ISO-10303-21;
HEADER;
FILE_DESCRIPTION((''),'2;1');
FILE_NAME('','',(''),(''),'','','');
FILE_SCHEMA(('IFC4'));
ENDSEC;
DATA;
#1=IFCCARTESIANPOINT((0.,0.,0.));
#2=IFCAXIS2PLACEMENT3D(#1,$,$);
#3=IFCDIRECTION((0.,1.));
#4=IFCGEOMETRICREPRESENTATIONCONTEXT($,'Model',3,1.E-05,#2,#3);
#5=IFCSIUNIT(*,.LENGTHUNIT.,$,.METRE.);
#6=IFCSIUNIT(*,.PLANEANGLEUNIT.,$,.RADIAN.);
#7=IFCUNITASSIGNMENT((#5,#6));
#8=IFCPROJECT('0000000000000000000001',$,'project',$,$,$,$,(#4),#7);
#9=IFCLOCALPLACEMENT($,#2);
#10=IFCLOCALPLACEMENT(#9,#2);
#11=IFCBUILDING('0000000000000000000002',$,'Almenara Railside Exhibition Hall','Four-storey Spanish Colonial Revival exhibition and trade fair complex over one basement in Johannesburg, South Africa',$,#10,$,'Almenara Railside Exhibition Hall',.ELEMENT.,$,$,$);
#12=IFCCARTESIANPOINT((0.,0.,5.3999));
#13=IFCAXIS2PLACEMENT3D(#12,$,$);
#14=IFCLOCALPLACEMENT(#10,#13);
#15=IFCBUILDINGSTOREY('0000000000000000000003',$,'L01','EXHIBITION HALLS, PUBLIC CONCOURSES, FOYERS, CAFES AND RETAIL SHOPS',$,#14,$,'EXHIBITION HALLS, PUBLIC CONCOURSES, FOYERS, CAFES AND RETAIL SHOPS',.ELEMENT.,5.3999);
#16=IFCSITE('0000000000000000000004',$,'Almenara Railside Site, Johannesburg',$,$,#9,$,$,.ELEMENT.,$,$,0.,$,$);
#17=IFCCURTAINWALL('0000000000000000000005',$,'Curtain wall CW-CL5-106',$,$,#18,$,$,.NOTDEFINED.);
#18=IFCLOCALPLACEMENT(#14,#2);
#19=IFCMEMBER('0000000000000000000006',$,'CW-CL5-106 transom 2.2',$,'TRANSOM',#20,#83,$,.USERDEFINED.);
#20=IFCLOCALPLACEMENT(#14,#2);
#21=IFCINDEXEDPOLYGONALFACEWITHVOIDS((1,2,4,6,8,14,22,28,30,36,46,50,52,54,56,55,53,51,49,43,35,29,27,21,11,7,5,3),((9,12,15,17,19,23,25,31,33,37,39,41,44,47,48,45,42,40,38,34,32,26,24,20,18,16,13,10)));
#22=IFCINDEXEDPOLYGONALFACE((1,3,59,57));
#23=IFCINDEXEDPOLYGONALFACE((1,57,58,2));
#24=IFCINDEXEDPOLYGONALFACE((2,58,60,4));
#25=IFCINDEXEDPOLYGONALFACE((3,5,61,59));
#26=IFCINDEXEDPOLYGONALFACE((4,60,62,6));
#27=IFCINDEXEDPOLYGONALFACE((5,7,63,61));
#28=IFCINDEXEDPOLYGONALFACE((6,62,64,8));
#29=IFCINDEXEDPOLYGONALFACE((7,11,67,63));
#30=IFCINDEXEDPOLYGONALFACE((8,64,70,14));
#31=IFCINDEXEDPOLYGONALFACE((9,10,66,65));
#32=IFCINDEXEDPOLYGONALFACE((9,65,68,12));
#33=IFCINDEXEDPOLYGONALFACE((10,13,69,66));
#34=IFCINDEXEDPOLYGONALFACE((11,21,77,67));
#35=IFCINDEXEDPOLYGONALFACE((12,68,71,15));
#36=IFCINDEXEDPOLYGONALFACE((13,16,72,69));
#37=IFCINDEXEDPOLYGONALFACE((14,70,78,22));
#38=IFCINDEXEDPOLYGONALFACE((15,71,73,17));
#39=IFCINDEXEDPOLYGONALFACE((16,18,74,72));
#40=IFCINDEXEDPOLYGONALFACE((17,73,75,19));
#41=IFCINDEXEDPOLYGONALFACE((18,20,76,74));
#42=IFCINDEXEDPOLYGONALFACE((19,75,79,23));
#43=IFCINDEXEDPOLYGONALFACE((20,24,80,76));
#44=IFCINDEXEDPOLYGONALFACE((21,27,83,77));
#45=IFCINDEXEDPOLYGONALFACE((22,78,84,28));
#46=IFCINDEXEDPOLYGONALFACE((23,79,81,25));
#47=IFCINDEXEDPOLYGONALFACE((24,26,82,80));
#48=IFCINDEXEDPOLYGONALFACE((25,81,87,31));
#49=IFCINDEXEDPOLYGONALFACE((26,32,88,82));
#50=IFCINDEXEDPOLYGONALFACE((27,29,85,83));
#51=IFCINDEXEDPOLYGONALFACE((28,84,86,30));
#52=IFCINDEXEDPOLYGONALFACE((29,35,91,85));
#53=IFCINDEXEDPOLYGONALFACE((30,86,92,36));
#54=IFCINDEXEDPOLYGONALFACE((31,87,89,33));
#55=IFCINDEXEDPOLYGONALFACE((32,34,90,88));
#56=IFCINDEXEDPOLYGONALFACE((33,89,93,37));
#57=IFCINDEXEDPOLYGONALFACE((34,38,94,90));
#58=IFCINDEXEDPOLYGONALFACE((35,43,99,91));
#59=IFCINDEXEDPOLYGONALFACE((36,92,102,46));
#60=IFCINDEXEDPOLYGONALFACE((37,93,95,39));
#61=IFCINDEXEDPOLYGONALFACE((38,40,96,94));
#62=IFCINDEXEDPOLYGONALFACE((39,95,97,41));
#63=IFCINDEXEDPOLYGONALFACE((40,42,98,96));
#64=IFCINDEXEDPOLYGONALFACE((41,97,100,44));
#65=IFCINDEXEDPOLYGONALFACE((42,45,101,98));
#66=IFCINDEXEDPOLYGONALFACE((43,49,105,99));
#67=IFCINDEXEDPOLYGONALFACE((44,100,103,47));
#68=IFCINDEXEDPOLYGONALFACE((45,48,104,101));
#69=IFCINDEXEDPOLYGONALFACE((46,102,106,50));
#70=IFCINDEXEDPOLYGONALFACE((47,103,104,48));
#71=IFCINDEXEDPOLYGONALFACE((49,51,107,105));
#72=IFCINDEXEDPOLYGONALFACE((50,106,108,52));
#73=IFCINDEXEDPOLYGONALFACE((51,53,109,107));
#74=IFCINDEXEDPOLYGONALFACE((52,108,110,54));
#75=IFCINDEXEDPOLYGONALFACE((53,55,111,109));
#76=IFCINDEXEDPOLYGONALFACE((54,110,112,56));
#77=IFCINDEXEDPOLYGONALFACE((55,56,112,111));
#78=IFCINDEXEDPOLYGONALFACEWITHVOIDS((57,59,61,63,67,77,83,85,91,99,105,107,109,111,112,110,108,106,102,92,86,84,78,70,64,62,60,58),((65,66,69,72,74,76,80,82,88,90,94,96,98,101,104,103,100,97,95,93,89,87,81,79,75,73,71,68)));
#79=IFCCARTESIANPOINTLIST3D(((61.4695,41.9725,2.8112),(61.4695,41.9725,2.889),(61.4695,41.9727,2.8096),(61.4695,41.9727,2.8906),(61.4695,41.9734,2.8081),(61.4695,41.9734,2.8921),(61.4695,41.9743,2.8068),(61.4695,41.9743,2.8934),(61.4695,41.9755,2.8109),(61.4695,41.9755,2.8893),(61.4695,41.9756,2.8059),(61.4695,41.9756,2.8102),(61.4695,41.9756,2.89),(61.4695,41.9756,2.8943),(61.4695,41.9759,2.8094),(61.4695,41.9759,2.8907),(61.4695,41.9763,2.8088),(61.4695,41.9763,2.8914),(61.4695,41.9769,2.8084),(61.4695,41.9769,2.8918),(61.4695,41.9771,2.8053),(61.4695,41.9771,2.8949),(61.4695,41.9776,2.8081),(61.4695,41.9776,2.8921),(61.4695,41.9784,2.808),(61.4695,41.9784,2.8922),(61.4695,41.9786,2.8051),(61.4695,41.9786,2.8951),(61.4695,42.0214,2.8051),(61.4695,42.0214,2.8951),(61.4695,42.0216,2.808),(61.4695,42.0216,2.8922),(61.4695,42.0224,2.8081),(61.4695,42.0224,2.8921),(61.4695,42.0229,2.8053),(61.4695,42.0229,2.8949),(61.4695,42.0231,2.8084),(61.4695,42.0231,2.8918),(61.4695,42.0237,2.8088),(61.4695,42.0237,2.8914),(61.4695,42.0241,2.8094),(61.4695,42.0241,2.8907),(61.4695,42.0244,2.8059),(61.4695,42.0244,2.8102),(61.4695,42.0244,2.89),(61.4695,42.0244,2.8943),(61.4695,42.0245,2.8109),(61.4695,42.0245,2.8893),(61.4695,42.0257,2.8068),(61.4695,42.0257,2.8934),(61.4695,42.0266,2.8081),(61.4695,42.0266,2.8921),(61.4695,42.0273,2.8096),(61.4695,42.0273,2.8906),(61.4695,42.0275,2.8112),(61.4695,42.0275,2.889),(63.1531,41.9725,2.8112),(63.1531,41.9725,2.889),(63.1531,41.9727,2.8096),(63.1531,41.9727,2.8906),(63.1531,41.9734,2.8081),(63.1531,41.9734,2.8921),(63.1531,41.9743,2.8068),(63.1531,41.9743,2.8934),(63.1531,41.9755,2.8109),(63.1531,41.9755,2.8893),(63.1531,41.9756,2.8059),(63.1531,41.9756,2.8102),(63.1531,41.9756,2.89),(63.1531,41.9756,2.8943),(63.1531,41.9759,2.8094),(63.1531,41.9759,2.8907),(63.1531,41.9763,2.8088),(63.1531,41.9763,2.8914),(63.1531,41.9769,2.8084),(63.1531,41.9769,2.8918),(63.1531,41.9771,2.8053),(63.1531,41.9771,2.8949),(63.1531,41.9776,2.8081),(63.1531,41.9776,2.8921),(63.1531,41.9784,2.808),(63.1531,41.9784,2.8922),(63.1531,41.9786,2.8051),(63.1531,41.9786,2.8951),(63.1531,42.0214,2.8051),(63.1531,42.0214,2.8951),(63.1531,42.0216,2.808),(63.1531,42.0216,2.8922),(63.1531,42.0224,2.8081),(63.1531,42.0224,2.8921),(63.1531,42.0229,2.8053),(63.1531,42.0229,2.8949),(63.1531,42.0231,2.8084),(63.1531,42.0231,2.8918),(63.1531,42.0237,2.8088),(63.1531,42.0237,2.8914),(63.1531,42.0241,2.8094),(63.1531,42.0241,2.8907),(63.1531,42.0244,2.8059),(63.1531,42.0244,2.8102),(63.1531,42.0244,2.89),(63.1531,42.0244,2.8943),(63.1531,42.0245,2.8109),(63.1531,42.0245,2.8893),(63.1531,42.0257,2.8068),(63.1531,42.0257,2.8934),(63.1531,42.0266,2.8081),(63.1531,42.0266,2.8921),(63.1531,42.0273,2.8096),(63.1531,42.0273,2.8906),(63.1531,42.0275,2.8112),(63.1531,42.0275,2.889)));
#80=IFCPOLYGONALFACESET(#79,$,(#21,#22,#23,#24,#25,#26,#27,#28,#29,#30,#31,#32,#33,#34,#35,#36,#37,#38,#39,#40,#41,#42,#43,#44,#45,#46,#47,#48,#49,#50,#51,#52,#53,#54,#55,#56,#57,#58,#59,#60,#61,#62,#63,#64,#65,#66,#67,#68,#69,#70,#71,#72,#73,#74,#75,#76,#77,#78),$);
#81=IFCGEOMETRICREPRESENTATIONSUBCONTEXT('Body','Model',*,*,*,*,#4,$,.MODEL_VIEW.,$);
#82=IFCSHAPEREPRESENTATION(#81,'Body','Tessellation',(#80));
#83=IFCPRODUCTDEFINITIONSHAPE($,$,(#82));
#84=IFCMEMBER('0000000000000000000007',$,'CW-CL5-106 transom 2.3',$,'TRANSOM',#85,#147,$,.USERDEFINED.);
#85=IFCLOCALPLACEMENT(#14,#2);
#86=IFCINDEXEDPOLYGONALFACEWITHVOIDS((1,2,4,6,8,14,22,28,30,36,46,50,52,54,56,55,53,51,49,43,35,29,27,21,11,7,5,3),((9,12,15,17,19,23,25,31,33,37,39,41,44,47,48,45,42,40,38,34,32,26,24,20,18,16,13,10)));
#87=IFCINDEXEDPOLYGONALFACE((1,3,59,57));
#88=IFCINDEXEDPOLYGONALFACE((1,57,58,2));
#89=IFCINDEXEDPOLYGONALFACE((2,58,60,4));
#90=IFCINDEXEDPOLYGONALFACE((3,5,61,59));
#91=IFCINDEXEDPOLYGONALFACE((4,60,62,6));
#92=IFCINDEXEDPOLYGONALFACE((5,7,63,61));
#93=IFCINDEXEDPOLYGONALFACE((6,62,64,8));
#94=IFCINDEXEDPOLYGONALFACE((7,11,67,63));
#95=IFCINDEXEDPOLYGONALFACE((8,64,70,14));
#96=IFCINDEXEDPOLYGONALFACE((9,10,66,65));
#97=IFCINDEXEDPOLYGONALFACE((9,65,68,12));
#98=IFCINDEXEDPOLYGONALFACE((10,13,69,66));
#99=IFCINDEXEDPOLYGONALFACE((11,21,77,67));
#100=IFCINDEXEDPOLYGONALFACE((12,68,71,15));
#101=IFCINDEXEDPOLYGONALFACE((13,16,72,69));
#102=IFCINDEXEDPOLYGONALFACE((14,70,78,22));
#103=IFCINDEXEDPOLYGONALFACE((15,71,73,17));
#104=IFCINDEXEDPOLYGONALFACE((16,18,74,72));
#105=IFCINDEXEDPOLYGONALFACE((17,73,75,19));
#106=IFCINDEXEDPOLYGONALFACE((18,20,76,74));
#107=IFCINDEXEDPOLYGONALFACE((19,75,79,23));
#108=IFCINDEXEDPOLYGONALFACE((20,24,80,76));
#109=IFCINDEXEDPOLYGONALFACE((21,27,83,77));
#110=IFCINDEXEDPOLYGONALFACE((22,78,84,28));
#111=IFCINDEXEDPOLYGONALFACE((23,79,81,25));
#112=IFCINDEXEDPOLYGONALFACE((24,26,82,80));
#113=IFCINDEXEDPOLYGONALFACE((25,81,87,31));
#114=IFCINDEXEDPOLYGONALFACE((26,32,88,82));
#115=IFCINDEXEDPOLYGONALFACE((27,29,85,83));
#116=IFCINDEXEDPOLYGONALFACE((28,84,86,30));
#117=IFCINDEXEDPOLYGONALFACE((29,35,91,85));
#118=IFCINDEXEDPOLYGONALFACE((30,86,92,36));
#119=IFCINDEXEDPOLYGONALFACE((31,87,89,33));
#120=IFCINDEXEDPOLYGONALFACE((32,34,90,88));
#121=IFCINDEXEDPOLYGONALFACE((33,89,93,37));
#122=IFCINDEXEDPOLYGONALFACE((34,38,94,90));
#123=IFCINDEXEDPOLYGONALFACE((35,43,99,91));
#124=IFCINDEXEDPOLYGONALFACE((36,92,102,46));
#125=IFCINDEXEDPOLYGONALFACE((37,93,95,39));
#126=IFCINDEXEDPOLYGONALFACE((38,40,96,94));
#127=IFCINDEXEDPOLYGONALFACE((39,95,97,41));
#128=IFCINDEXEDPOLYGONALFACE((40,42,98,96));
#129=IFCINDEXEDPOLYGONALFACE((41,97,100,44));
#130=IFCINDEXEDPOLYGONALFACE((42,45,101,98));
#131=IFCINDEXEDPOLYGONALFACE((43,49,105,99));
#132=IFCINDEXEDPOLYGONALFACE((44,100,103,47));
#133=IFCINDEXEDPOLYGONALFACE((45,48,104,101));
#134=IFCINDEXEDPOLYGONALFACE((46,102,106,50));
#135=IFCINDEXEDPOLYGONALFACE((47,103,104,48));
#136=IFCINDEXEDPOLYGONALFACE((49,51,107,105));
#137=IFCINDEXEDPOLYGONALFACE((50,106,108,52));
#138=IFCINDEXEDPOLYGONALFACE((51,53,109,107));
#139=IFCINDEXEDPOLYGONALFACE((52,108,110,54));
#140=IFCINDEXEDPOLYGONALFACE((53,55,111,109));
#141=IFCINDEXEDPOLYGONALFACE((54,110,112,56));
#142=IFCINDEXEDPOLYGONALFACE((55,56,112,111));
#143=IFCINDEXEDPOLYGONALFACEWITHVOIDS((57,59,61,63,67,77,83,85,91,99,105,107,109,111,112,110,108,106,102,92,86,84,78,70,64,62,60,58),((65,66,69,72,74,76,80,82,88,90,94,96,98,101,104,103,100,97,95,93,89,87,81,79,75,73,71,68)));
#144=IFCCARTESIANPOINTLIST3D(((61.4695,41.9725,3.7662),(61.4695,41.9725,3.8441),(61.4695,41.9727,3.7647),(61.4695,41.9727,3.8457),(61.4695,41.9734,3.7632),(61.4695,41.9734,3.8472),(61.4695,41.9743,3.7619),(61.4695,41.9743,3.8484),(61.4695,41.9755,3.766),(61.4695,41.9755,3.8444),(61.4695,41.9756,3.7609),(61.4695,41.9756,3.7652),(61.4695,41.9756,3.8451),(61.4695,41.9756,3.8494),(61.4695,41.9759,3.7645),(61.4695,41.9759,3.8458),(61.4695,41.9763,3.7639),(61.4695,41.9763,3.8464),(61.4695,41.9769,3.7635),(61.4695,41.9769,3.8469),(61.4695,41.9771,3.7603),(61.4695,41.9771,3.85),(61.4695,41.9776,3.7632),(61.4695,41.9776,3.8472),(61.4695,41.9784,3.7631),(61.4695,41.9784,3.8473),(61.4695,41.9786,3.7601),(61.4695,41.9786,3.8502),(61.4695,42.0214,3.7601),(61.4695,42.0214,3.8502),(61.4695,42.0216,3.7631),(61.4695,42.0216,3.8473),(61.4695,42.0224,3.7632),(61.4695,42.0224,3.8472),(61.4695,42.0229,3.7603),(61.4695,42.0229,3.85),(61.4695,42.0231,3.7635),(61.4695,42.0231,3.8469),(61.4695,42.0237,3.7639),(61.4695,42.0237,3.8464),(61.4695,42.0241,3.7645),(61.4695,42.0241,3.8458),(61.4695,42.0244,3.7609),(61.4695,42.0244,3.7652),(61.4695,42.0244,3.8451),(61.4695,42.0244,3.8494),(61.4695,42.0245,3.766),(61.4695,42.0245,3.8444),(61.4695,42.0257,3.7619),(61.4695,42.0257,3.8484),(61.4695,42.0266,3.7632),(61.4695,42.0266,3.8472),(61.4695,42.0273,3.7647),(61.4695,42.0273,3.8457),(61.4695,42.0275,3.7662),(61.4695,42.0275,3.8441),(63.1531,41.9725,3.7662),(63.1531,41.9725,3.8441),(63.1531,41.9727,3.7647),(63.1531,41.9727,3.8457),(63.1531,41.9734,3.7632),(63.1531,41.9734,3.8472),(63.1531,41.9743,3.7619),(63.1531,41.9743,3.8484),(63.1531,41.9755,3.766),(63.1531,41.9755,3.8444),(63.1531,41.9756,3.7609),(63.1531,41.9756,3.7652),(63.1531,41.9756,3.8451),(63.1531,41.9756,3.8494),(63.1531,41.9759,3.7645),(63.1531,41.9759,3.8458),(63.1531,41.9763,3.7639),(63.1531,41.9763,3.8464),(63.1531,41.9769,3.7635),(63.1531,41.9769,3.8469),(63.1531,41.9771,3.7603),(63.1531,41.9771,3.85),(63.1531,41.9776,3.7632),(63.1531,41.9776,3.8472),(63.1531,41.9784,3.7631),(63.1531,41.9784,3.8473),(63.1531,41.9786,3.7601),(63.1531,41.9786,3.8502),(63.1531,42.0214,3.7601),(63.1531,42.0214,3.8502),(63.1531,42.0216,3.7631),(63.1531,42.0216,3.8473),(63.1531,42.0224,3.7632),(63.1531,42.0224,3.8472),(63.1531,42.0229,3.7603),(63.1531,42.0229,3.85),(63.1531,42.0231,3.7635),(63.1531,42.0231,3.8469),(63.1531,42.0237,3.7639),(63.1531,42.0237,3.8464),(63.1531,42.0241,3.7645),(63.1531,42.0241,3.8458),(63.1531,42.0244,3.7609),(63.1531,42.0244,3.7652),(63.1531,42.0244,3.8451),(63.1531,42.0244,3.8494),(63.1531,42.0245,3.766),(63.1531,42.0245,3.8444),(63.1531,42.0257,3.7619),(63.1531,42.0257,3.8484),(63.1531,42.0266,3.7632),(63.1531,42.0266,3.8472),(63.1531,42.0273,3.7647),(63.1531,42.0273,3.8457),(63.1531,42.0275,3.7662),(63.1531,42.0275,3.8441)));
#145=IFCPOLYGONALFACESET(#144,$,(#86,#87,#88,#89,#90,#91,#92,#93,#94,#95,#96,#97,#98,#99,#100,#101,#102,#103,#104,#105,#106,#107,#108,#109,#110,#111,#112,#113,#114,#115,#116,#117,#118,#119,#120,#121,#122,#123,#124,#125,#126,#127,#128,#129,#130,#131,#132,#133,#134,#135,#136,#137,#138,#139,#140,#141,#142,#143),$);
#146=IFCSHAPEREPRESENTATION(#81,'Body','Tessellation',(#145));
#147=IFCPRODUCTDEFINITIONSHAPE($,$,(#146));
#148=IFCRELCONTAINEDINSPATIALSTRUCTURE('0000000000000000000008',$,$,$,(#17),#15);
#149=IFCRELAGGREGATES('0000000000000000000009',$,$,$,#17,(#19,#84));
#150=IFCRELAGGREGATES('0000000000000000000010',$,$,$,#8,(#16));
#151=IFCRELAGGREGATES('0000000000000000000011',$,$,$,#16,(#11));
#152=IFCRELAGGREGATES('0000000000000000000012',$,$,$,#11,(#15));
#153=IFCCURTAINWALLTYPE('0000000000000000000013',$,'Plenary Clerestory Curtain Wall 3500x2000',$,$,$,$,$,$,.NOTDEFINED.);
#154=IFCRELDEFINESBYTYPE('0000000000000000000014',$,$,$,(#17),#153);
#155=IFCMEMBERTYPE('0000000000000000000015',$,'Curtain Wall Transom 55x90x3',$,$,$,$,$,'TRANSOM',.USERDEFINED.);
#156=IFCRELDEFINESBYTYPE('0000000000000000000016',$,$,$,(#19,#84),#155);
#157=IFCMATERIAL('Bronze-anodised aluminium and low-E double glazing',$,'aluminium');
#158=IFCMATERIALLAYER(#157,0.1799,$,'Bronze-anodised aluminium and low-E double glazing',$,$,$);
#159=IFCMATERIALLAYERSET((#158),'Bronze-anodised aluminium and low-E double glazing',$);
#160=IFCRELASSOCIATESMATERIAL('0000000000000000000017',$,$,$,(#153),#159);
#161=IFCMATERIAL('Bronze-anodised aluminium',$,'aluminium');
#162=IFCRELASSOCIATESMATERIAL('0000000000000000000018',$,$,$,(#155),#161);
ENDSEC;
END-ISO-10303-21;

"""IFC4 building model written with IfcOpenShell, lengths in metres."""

from ifc_helpers import new_model, si_unit, direction, frame, origin, origin_2d, place, context, subcontext, project, spatial, hollow_rectangle, extrude, material, layer, layer_set, material_profile, profile_set, type_object, element, aggregate, save


model = new_model("IFC4")

# Units and contexts
model_context = context("Model", 3, precision=1e-05, world=origin(), true_north=direction((0.0, 1.0)))
body_context = subcontext(model_context, "Body", "Model", "MODEL_VIEW")
ifc_project = project(units=[si_unit("LENGTHUNIT", "METRE"), si_unit("PLANEANGLEUNIT", "RADIAN")], contexts=[model_context])

# Site, building, storey
site_placement = place(None, origin())
site = spatial("IfcSite", under=ifc_project, at=site_placement, Name="Almenara Railside Site, Johannesburg", CompositionType="ELEMENT", RefElevation=0.0)
building_placement = place(site_placement, origin())
building = spatial("IfcBuilding", under=site, at=building_placement, Name="Almenara Railside Exhibition Hall", Description="Four-storey Spanish Colonial Revival exhibition and trade fair complex over one basement in Johannesburg, South Africa", LongName="Almenara Railside Exhibition Hall", CompositionType="ELEMENT")
storey_placement = place(building_placement, frame((0.0, 0.0, 5.3999)))
storey = spatial("IfcBuildingStorey", under=building, at=storey_placement, Name="L01", Description="EXHIBITION HALLS, PUBLIC CONCOURSES, FOYERS, CAFES AND RETAIL SHOPS", LongName="EXHIBITION HALLS, PUBLIC CONCOURSES, FOYERS, CAFES AND RETAIL SHOPS", CompositionType="ELEMENT", Elevation=5.3999)

# Curtain wall
ifc_material_1 = material(Name="Bronze-anodised aluminium and low-E double glazing", Category="aluminium")
ifc_layer_1 = layer(ifc_material_1, 0.1799, Name="Bronze-anodised aluminium and low-E double glazing")
ifc_layer_set_1 = layer_set([ifc_layer_1], Name="Bronze-anodised aluminium and low-E double glazing")
curtain_wall_type_1 = type_object("IfcCurtainWallType", Name="Plenary Clerestory Curtain Wall 3500x2000", PredefinedType="NOTDEFINED", material=ifc_layer_set_1)
curtain_wall_1_placement = place(storey_placement, origin())
curtain_wall_1 = element("IfcCurtainWall", 1, at=curtain_wall_1_placement, inside=storey, type_object=curtain_wall_type_1, Name="Curtain wall CW-CL5-106", PredefinedType="NOTDEFINED")
ifc_material_2 = material(Name="Bronze-anodised aluminium", Category="aluminium")

# Members
ifc_material_profile_1 = material_profile(ifc_material_2, hollow_rectangle(XDim=0.0549, YDim=0.0901, WallThickness=0.0029, InnerFilletRadius=0.0029, OuterFilletRadius=0.0061, at=origin_2d()), Name="ALU-TRN 55x90x3")
ifc_profile_set_1 = profile_set([ifc_material_profile_1], Name="Bronze-anodised aluminium")
member_type_1 = type_object("IfcMemberType", Name="Curtain Wall Transom 55x90x3", ElementType="TRANSOM", PredefinedType="USERDEFINED", material=ifc_profile_set_1)
member_1_placement = place(storey_placement, frame((61.4695, 42.0, 2.8501), z_axis=(1.0, 0.0, 0.0), x_axis=(0.0, 1.0, 0.0)))
member_1 = element("IfcMember", 2, at=member_1_placement, type_object=member_type_1, Name="CW-CL5-106 transom 2.2", ObjectType="TRANSOM", PredefinedType="USERDEFINED", context=body_context, shape_type="SweptSolid", body=[
    extrude(hollow_rectangle(XDim=0.0549, YDim=0.0901, WallThickness=0.0029, InnerFilletRadius=0.0029, OuterFilletRadius=0.0061, at=origin_2d()), origin(), (0.0, 0.0, 1.0), 1.6836),
])
member_2_placement = place(storey_placement, frame((61.4695, 42.0, 3.8052), z_axis=(1.0, 0.0, 0.0), x_axis=(0.0, 1.0, 0.0)))
member_2 = element("IfcMember", 3, at=member_2_placement, type_object=member_type_1, Name="CW-CL5-106 transom 2.3", ObjectType="TRANSOM", PredefinedType="USERDEFINED", context=body_context, shape_type="SweptSolid", body=[
    extrude(hollow_rectangle(XDim=0.0549, YDim=0.0901, WallThickness=0.0029, InnerFilletRadius=0.0029, OuterFilletRadius=0.0061, at=origin_2d()), origin(), (0.0, 0.0, 1.0), 1.6836),
])

aggregate(curtain_wall_1, [member_1, member_2])

save(model, "model.ifc")
